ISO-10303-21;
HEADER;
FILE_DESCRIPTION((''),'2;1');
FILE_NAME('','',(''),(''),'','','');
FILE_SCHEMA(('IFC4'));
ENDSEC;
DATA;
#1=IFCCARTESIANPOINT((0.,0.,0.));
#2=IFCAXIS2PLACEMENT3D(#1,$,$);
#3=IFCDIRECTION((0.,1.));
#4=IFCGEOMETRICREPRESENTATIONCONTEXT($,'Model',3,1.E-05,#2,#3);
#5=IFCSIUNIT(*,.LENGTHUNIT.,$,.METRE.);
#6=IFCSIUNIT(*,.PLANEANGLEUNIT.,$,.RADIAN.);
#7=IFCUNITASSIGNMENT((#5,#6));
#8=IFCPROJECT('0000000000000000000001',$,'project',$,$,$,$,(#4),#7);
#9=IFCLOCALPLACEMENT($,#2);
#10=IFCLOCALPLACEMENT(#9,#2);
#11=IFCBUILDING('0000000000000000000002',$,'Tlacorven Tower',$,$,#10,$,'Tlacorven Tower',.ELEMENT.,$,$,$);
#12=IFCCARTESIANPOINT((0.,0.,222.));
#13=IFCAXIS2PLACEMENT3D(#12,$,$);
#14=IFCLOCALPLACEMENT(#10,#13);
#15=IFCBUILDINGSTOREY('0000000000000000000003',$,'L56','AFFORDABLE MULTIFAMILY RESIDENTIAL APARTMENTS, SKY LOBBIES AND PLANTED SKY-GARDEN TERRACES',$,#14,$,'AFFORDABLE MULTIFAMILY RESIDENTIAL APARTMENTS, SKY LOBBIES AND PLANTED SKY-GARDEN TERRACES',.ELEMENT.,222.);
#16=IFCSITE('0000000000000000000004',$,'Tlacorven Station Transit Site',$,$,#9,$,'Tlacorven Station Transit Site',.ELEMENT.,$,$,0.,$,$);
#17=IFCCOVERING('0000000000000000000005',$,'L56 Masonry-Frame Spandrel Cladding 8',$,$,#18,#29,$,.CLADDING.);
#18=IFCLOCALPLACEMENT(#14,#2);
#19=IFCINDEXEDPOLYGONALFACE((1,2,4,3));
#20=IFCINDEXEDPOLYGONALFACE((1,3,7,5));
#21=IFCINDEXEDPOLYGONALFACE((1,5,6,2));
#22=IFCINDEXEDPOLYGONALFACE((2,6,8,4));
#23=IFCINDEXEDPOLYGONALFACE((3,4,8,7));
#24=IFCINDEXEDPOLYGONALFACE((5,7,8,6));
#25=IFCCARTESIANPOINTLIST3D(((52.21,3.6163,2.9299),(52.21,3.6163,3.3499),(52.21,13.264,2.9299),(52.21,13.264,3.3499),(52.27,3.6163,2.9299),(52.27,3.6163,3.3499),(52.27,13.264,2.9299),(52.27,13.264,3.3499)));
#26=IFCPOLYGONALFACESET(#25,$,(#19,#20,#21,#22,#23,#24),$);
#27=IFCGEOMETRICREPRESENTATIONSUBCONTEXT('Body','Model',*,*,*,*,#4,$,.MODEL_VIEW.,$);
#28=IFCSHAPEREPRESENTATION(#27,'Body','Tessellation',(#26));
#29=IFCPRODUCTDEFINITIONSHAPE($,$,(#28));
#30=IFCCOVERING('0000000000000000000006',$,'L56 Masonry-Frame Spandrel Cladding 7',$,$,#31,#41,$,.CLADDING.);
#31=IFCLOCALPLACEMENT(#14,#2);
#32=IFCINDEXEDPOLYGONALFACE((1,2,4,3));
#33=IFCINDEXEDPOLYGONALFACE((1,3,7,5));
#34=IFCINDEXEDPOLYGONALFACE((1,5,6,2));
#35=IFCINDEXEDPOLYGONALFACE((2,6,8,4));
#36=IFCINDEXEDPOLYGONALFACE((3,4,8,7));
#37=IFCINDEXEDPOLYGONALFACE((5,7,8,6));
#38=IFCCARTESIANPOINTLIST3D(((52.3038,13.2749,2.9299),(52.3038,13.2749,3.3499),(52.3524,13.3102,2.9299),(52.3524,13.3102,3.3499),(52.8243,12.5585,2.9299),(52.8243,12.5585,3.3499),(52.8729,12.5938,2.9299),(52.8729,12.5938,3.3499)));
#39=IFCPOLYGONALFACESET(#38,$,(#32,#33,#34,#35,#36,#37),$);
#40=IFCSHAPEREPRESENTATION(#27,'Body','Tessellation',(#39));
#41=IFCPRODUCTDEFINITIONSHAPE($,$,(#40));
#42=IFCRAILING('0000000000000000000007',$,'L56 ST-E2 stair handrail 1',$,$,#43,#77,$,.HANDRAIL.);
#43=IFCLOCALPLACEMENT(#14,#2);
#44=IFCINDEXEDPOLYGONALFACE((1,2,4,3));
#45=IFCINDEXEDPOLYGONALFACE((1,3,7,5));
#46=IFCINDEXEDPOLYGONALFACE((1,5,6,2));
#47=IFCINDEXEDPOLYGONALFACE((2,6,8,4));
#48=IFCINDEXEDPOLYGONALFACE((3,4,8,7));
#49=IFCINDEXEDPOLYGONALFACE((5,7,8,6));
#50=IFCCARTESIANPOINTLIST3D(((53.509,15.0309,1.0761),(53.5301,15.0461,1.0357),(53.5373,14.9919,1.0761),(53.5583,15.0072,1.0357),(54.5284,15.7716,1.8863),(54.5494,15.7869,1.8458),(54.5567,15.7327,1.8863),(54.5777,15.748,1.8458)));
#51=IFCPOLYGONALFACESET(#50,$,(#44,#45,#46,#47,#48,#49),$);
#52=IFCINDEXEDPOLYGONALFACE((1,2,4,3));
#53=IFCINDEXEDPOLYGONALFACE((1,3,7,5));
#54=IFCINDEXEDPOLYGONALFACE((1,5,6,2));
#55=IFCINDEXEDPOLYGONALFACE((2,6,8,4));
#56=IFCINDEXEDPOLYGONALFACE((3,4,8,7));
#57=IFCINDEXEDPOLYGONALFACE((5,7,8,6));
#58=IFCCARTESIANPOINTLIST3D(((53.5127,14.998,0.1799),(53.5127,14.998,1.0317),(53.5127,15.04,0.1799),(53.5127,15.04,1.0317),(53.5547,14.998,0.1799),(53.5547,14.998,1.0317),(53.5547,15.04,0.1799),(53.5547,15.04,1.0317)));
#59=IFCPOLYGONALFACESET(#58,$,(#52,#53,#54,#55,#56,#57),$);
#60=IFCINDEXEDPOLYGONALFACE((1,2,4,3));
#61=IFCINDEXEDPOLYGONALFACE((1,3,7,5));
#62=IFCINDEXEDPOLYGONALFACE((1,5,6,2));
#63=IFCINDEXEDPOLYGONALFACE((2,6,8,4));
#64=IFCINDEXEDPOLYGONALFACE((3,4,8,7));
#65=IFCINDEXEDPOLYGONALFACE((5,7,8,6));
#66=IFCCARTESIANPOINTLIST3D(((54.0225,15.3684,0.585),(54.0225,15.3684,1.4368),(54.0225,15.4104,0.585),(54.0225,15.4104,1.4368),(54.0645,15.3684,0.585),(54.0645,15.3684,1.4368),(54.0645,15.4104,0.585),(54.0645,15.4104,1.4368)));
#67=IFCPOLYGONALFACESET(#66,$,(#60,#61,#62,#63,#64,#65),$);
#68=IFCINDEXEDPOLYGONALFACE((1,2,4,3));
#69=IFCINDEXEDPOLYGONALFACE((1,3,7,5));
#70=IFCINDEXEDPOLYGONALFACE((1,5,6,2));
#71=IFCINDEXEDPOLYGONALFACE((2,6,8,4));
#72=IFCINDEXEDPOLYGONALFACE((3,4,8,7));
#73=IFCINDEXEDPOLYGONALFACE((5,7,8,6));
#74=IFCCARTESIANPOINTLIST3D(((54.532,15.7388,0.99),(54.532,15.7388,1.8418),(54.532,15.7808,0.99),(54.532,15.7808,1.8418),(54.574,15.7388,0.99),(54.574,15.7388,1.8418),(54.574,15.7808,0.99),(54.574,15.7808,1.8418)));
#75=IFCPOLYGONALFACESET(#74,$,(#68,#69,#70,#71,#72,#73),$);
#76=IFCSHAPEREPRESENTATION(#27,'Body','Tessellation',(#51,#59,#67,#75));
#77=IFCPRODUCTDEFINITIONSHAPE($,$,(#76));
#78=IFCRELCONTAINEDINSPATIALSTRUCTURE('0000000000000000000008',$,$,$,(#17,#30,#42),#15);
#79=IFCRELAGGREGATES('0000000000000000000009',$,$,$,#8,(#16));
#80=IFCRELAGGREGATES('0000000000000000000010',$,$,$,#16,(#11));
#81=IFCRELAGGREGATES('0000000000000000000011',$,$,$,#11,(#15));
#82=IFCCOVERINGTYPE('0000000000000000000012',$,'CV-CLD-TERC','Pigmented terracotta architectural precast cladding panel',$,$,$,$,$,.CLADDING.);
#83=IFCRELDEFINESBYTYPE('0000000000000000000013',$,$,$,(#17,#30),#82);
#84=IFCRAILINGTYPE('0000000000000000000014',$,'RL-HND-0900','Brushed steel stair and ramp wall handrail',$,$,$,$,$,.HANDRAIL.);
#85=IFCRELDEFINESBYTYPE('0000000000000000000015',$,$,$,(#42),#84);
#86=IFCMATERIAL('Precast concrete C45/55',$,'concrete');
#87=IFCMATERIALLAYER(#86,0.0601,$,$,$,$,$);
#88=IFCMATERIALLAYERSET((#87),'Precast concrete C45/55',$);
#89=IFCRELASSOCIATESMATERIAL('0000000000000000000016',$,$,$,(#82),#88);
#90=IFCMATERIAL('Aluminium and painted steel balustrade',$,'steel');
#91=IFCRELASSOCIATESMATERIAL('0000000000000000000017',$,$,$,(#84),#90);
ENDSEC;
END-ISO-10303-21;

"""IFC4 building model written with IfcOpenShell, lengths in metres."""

from ifc_helpers import new_model, si_unit, direction, frame, origin, origin_2d, place, context, subcontext, project, spatial, rectangle, extrude, source, transform, mapped, material, layer, layer_set, type_object, element, save


model = new_model("IFC4")

# Units and contexts
model_context = context("Model", 3, precision=1e-05, world=origin(), true_north=direction((0.0, 1.0)))
body_context = subcontext(model_context, "Body", "Model", "MODEL_VIEW")
ifc_project = project(units=[si_unit("LENGTHUNIT", "METRE"), si_unit("PLANEANGLEUNIT", "RADIAN")], contexts=[model_context])

# Site, building, storey
site_placement = place(None, origin())
site = spatial("IfcSite", under=ifc_project, at=site_placement, Name="Tlacorven Station Transit Site", LongName="Tlacorven Station Transit Site", CompositionType="ELEMENT", RefElevation=0.0)
building_placement = place(site_placement, origin())
building = spatial("IfcBuilding", under=site, at=building_placement, Name="Tlacorven Tower", LongName="Tlacorven Tower", CompositionType="ELEMENT")
storey_placement = place(building_placement, frame((0.0, 0.0, 222.0)))
storey = spatial("IfcBuildingStorey", under=building, at=storey_placement, Name="L56", Description="AFFORDABLE MULTIFAMILY RESIDENTIAL APARTMENTS, SKY LOBBIES AND PLANTED SKY-GARDEN TERRACES", LongName="AFFORDABLE MULTIFAMILY RESIDENTIAL APARTMENTS, SKY LOBBIES AND PLANTED SKY-GARDEN TERRACES", CompositionType="ELEMENT", Elevation=222.0)

# Shared definitions
ifc_material_1 = material(Name="Precast concrete C45/55", Category="concrete")

# Coverings
ifc_layer_1 = layer(ifc_material_1, 0.0601)
ifc_layer_set_1 = layer_set([ifc_layer_1], Name="Precast concrete C45/55")
covering_type = type_object("IfcCoveringType", Name="CV-CLD-TERC", Description="Pigmented terracotta architectural precast cladding panel", PredefinedType="CLADDING", material=ifc_layer_set_1)
shared_shape_1 = source(origin(), body_context, "Body", "SweptSolid", [
    extrude(rectangle(XDim=9.6477, YDim=0.0601, at=origin_2d()), origin(), (0.0, 0.0, 1.0), 0.4199),
])
covering_1_placement = place(storey_placement, frame((52.24, 8.4402, 2.9299), z_axis=(0.0, 0.0, 1.0), x_axis=(0.0, -1.0, 0.0)))
element("IfcCovering", 1, at=covering_1_placement, inside=storey, type_object=covering_type, Name="L56 Masonry-Frame Spandrel Cladding 8", PredefinedType="CLADDING", context=body_context, shape_type="MappedRepresentation", body=[
    mapped(shared_shape_1, transform((0.0, 0.0, 0.0), scale=1.0)),
])
shared_shape_2 = source(origin(), body_context, "Body", "SweptSolid", [
    extrude(rectangle(XDim=0.8855, YDim=0.0601, at=origin_2d()), origin(), (0.0, 0.0, 1.0), 0.4199),
])
covering_2_placement = place(storey_placement, frame((52.5884, 12.9343, 2.9299), z_axis=(0.0, 0.0, 1.0), x_axis=(-0.587784, 0.809018, 0.0)))
element("IfcCovering", 2, at=covering_2_placement, inside=storey, type_object=covering_type, Name="L56 Masonry-Frame Spandrel Cladding 7", PredefinedType="CLADDING", context=body_context, shape_type="MappedRepresentation", body=[
    mapped(shared_shape_2, transform((0.0, 0.0, 0.0), scale=1.0)),
])

# Railing
ifc_material_2 = material(Name="Aluminium and painted steel balustrade", Category="steel")
railing_type = type_object("IfcRailingType", Name="RL-HND-0900", Description="Brushed steel stair and ramp wall handrail", PredefinedType="HANDRAIL", material=ifc_material_2)
shared_shape_3 = source(origin(), body_context, "Body", "SweptSolid", [
    extrude(rectangle(XDim=0.0481, YDim=0.0481, at=origin_2d()), frame((0.0, 0.0, 0.876), z_axis=(0.680461, 0.494496, 0.540783), x_axis=(-0.587872, 0.808954, 0.0)), (0.0, 0.0, 1.0), 1.498),
    extrude(rectangle(XDim=0.042, YDim=0.042, at=origin_2d()), origin(), (0.0, 0.0, 1.0), 0.8518),
    extrude(rectangle(XDim=0.042, YDim=0.042, at=origin_2d()), frame((0.5098, 0.3704, 0.405)), (0.0, 0.0, 1.0), 0.8518),
    extrude(rectangle(XDim=0.042, YDim=0.042, at=origin_2d()), frame((1.0193, 0.7407, 0.8101)), (0.0, 0.0, 1.0), 0.8518),
])
railing_placement = place(storey_placement, frame((53.5337, 15.019, 0.1799)))
element("IfcRailing", 3, at=railing_placement, inside=storey, type_object=railing_type, Name="L56 ST-E2 stair handrail 1", PredefinedType="HANDRAIL", context=body_context, shape_type="MappedRepresentation", body=[
    mapped(shared_shape_3, transform((0.0, 0.0, 0.0), scale=1.0)),
])

save(model, "model.ifc")
